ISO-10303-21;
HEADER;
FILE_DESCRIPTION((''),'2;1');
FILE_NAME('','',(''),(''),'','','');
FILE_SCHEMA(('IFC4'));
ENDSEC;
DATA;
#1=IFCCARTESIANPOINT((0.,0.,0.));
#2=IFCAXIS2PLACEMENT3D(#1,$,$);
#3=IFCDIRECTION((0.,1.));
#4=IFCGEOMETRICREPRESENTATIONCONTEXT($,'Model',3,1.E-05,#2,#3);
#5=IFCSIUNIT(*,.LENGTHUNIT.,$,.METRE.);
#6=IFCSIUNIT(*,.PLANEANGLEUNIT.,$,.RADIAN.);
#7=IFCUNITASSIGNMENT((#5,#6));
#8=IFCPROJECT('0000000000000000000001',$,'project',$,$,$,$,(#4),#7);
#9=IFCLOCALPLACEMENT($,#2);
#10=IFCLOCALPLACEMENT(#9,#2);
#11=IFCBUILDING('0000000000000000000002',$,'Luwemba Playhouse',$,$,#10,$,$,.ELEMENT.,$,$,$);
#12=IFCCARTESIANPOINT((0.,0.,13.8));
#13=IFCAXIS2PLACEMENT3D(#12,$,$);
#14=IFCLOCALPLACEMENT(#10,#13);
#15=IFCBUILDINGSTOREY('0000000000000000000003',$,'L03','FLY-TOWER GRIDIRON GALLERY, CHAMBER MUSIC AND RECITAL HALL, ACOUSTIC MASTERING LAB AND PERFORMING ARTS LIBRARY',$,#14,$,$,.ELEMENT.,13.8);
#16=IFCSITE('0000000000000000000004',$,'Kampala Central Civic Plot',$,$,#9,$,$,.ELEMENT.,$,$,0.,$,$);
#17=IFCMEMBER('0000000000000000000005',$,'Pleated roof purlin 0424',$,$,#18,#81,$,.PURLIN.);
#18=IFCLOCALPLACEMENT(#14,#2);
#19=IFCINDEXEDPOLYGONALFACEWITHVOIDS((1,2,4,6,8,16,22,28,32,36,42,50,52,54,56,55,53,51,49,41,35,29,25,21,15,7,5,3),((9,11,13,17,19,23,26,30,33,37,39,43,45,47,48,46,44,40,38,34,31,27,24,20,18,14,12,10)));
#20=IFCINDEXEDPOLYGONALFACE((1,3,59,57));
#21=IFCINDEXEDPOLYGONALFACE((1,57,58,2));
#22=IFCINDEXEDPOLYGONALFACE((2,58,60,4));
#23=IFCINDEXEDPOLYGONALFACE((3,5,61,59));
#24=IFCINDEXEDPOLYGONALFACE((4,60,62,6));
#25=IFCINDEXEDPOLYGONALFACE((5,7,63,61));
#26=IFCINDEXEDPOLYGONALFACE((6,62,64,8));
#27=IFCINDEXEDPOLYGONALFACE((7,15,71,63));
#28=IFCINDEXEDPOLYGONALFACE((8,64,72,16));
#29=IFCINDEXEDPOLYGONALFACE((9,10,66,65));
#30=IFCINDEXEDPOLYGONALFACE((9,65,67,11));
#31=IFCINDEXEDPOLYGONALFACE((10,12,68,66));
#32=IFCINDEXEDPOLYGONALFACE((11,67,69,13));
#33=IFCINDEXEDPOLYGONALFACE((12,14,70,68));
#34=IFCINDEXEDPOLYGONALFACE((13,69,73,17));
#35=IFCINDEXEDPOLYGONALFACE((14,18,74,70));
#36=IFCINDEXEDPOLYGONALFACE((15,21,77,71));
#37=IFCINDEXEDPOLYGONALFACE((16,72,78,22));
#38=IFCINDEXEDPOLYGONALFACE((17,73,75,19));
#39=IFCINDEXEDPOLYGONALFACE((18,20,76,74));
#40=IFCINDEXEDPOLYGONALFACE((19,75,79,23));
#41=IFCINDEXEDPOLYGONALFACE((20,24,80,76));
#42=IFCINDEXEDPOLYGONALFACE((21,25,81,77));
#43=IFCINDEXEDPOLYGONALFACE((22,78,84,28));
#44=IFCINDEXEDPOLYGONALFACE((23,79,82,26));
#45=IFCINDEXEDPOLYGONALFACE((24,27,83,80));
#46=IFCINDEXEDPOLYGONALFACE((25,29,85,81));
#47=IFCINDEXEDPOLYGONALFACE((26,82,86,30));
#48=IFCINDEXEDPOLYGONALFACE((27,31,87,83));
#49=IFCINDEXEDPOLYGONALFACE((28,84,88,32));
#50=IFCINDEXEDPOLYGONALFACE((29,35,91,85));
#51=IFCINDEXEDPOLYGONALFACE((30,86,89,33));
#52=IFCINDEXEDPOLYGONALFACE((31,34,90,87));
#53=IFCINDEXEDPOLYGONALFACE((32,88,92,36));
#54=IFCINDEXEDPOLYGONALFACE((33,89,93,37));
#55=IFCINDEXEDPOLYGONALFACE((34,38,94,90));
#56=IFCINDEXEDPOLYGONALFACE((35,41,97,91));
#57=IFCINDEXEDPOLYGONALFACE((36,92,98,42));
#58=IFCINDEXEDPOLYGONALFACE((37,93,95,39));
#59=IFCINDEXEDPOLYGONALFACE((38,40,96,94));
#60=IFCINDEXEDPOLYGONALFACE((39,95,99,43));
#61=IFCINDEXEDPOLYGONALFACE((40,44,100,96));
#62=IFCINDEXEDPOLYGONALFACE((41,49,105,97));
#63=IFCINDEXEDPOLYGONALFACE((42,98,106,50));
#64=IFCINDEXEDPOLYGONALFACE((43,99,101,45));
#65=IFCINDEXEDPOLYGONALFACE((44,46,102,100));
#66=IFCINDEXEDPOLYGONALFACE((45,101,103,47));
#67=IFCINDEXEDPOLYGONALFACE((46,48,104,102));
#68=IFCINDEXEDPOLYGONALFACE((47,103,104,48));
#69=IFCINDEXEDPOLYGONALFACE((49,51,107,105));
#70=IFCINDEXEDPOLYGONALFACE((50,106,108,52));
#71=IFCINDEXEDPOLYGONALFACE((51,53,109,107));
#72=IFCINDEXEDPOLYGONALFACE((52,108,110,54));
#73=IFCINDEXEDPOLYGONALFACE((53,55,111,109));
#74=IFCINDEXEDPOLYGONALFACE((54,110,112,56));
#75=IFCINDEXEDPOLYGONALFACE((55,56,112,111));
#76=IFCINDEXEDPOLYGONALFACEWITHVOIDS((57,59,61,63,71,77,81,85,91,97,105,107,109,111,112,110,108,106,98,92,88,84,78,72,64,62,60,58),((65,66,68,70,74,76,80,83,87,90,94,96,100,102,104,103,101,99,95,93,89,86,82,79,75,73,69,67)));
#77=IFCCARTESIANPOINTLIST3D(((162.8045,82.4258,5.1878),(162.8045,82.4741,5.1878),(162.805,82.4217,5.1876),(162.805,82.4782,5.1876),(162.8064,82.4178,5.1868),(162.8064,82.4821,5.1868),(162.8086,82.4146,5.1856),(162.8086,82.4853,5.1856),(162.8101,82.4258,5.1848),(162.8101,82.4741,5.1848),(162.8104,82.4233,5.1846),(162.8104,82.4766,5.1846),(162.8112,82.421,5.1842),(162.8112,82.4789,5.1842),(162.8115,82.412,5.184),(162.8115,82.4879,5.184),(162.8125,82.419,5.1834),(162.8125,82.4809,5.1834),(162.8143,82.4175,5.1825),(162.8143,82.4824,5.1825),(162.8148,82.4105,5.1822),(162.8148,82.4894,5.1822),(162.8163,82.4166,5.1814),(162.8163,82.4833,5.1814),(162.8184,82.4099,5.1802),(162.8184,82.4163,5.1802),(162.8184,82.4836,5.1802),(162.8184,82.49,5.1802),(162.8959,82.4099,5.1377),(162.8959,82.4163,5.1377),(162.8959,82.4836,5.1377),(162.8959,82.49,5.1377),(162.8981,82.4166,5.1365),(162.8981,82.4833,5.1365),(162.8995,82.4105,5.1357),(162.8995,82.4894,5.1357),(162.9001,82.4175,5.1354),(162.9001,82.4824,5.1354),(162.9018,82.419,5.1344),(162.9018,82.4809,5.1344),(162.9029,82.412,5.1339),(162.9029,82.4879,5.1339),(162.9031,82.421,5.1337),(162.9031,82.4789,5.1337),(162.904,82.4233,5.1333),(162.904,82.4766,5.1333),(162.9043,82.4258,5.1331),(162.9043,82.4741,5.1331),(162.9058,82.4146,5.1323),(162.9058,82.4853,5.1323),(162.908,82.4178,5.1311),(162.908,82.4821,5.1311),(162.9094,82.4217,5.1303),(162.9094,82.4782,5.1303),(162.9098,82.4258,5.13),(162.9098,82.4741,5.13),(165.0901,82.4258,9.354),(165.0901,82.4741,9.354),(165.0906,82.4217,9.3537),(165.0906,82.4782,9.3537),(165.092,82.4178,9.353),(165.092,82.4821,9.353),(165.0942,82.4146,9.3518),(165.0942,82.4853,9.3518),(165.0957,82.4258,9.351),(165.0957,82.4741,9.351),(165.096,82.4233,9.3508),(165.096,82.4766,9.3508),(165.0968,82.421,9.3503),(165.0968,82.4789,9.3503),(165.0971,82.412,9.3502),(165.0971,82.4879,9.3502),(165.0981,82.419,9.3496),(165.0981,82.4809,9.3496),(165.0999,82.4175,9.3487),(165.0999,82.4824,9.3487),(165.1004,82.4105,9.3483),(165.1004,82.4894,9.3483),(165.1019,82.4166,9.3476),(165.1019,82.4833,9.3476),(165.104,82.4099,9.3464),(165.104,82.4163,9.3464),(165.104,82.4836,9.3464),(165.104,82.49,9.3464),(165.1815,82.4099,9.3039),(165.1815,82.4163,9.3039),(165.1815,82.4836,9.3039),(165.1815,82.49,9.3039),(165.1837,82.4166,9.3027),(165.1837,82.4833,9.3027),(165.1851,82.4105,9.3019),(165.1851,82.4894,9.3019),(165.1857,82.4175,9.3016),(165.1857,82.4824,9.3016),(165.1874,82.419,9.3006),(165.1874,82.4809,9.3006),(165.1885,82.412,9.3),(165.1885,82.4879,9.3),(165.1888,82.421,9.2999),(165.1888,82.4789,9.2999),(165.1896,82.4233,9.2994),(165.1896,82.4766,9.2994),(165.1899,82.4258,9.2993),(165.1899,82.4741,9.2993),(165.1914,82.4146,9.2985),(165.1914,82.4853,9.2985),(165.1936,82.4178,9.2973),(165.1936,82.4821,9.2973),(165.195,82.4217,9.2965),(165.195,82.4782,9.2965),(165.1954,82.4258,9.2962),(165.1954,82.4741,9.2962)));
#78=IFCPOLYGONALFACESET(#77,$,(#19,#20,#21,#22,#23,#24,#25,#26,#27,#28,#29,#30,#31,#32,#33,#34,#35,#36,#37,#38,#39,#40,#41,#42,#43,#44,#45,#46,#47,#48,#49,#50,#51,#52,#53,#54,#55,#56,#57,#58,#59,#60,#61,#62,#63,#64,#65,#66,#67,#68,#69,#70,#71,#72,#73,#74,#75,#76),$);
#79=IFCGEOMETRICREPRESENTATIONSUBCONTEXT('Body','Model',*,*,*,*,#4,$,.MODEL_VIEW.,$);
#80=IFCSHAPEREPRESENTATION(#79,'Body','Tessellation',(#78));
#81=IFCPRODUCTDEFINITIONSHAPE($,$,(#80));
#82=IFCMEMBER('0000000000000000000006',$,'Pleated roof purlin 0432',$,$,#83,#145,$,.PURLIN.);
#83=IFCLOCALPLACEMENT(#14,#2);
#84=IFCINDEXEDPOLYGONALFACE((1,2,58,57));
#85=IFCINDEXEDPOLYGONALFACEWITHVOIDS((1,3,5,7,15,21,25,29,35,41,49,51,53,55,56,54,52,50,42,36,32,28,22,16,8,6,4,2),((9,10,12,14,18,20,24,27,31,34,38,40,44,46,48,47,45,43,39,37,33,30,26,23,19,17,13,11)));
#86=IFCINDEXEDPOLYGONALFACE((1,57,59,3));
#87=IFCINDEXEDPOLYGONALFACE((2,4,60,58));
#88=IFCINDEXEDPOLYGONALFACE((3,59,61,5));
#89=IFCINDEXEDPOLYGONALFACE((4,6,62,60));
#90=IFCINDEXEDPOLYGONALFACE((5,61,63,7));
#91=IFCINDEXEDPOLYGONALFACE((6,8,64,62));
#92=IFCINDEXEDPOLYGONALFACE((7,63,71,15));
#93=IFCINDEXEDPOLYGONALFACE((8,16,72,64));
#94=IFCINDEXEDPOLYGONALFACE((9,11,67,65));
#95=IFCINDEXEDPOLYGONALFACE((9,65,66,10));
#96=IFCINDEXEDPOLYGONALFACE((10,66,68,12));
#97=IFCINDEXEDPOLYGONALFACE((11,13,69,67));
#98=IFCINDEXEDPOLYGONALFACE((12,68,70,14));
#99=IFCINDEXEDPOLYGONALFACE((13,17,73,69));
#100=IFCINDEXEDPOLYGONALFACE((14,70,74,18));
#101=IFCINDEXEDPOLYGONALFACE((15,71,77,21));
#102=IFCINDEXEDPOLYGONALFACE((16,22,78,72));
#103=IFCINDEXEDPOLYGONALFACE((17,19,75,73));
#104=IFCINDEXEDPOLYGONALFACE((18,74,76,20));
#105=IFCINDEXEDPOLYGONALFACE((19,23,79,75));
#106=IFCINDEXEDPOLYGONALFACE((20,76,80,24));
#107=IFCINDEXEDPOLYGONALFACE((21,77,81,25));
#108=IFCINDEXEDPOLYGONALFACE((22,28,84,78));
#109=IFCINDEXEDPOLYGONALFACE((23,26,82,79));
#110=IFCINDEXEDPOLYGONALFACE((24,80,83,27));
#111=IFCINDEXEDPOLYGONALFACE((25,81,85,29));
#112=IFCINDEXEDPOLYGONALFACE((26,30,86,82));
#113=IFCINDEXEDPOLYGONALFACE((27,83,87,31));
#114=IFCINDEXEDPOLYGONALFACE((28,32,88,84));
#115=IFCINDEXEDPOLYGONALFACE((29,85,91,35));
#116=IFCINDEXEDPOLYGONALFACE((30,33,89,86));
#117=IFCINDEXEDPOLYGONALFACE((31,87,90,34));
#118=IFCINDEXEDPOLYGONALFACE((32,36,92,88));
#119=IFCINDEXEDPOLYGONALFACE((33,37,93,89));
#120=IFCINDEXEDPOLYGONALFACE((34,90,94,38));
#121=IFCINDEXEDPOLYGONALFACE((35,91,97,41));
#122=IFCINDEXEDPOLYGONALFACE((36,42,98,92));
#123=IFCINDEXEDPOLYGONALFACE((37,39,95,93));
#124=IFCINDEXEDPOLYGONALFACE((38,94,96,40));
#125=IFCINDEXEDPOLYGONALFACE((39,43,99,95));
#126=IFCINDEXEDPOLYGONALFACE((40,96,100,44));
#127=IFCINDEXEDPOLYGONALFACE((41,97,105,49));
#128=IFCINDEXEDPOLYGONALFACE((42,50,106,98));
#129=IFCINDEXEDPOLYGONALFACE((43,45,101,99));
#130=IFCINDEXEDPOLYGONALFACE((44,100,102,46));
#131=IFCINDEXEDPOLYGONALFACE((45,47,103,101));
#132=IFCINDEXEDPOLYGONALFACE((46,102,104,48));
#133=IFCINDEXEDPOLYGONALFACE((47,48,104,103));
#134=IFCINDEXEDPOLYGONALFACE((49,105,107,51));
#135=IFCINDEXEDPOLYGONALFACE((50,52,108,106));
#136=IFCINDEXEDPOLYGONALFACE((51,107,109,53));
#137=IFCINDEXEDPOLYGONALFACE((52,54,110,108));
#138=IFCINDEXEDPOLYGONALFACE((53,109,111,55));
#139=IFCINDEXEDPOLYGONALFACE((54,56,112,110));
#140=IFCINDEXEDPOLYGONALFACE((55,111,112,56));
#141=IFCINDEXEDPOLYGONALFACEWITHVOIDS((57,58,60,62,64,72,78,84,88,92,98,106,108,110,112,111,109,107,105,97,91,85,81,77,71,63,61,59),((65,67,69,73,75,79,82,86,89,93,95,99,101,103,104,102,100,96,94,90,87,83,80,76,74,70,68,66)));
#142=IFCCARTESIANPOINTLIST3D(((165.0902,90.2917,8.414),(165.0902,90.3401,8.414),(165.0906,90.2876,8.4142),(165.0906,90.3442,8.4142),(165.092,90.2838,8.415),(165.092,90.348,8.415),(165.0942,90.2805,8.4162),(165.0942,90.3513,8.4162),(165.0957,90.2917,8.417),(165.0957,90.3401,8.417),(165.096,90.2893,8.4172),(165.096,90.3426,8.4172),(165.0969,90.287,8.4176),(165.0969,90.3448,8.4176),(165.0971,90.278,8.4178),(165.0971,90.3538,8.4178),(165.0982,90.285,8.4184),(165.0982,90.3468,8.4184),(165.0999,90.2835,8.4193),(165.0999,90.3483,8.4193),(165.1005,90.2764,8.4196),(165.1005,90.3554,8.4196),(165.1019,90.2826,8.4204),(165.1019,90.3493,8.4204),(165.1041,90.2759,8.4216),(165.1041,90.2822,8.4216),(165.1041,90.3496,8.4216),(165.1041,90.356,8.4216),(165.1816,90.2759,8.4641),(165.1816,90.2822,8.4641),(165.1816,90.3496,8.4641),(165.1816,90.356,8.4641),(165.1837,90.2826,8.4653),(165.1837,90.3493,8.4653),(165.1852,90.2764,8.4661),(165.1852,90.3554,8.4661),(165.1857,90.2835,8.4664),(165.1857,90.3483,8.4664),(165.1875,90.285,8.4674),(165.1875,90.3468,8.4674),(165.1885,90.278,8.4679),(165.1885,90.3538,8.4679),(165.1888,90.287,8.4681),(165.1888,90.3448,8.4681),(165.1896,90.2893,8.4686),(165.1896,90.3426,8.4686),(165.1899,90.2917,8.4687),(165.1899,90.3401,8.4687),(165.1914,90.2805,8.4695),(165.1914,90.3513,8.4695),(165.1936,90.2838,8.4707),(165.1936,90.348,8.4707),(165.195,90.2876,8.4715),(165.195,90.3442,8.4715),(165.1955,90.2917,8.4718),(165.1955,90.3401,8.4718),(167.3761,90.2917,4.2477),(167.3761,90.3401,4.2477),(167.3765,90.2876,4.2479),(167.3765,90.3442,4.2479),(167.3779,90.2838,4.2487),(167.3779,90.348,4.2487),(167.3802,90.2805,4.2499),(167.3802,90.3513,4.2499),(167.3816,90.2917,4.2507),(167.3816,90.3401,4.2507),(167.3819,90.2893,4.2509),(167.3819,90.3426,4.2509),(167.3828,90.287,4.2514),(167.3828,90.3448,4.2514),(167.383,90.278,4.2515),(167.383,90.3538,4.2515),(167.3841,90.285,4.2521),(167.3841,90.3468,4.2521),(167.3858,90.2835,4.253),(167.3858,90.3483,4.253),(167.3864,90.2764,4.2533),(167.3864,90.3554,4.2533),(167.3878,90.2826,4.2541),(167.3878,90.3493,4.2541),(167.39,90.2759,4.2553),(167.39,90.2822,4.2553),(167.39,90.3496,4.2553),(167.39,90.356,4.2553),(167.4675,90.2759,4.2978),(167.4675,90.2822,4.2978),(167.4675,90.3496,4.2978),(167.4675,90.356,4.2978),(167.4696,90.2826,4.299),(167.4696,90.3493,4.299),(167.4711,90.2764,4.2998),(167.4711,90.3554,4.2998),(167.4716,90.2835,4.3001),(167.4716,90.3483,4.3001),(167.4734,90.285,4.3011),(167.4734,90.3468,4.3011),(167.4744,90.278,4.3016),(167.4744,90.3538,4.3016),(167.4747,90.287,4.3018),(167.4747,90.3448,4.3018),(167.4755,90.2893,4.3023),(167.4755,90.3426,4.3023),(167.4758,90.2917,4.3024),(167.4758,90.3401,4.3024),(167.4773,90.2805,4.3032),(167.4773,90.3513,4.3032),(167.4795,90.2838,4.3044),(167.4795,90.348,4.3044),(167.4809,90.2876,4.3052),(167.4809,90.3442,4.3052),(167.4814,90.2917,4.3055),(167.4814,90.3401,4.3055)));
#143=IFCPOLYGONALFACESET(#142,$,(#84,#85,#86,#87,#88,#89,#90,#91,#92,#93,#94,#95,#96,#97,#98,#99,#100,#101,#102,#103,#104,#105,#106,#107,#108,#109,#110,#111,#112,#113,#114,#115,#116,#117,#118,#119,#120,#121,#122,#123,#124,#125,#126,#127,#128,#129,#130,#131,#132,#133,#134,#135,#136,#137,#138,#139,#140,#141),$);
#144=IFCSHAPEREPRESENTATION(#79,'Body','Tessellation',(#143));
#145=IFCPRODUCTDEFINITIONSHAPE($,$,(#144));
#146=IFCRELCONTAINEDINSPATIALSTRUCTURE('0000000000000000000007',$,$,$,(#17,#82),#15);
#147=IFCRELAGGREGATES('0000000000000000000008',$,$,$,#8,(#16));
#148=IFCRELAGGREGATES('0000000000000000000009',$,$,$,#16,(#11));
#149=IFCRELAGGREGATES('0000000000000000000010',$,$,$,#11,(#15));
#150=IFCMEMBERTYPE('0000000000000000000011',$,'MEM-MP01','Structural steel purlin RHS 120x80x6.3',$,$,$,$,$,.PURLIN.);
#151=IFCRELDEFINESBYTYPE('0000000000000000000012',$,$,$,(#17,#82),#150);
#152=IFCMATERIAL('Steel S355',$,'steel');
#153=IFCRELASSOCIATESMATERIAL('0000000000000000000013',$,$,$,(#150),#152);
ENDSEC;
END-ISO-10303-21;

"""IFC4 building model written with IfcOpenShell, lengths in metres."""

from ifc_helpers import new_model, si_unit, direction, frame, origin, origin_2d, place, context, subcontext, project, spatial, hollow_rectangle, extrude, material, material_profile, profile_set, type_object, element, save


model = new_model("IFC4")

# Units and contexts
model_context = context("Model", 3, precision=1e-05, world=origin(), true_north=direction((0.0, 1.0)))
body_context = subcontext(model_context, "Body", "Model", "MODEL_VIEW")
ifc_project = project(units=[si_unit("LENGTHUNIT", "METRE"), si_unit("PLANEANGLEUNIT", "RADIAN")], contexts=[model_context])

# Site, building, storey
site_placement = place(None, origin())
site = spatial("IfcSite", under=ifc_project, at=site_placement, Name="Kampala Central Civic Plot", CompositionType="ELEMENT", RefElevation=0.0)
building_placement = place(site_placement, origin())
building = spatial("IfcBuilding", under=site, at=building_placement, Name="Luwemba Playhouse", CompositionType="ELEMENT")
storey_placement = place(building_placement, frame((0.0, 0.0, 13.8)))
storey = spatial("IfcBuildingStorey", under=building, at=storey_placement, Name="L03", Description="FLY-TOWER GRIDIRON GALLERY, CHAMBER MUSIC AND RECITAL HALL, ACOUSTIC MASTERING LAB AND PERFORMING ARTS LIBRARY", CompositionType="ELEMENT", Elevation=13.8)

# Shared definitions
ifc_material_1 = material(Name="Steel S355", Category="steel")

# Members
ifc_material_profile_1 = material_profile(ifc_material_1, hollow_rectangle(XDim=0.0801, YDim=0.1201, WallThickness=0.0063, InnerFilletRadius=0.0095, OuterFilletRadius=0.0159, at=origin_2d()))
ifc_profile_set_1 = profile_set([ifc_material_profile_1], Name="Steel S355")
member_type_1 = type_object("IfcMemberType", Name="MEM-MP01", Description="Structural steel purlin RHS 120x80x6.3", PredefinedType="PURLIN", material=ifc_profile_set_1)
member_1_placement = place(storey_placement, frame((162.8572, 82.45, 5.1589), z_axis=(0.480982, 0.0, 0.876731), x_axis=(0.0, 1.0, 0.0)))
element("IfcMember", 1, at=member_1_placement, inside=storey, type_object=member_type_1, Name="Pleated roof purlin 0424", PredefinedType="PURLIN", context=body_context, shape_type="SweptSolid", body=[
    extrude(hollow_rectangle(XDim=0.0801, YDim=0.1201, WallThickness=0.0063, InnerFilletRadius=0.0095, OuterFilletRadius=0.0159, at=origin_2d()), origin(), (0.0, 0.0, 1.0), 4.752),
])
member_2_placement = place(storey_placement, frame((165.1428, 90.3159, 8.4429), z_axis=(0.481021, 0.0, -0.876709), x_axis=(0.0, 1.0, 0.0)))
element("IfcMember", 2, at=member_2_placement, inside=storey, type_object=member_type_1, Name="Pleated roof purlin 0432", PredefinedType="PURLIN", context=body_context, shape_type="SweptSolid", body=[
    extrude(hollow_rectangle(XDim=0.0801, YDim=0.1201, WallThickness=0.0063, InnerFilletRadius=0.0095, OuterFilletRadius=0.0159, at=origin_2d()), origin(), (0.0, 0.0, 1.0), 4.7522),
])

save(model, "model.ifc")
